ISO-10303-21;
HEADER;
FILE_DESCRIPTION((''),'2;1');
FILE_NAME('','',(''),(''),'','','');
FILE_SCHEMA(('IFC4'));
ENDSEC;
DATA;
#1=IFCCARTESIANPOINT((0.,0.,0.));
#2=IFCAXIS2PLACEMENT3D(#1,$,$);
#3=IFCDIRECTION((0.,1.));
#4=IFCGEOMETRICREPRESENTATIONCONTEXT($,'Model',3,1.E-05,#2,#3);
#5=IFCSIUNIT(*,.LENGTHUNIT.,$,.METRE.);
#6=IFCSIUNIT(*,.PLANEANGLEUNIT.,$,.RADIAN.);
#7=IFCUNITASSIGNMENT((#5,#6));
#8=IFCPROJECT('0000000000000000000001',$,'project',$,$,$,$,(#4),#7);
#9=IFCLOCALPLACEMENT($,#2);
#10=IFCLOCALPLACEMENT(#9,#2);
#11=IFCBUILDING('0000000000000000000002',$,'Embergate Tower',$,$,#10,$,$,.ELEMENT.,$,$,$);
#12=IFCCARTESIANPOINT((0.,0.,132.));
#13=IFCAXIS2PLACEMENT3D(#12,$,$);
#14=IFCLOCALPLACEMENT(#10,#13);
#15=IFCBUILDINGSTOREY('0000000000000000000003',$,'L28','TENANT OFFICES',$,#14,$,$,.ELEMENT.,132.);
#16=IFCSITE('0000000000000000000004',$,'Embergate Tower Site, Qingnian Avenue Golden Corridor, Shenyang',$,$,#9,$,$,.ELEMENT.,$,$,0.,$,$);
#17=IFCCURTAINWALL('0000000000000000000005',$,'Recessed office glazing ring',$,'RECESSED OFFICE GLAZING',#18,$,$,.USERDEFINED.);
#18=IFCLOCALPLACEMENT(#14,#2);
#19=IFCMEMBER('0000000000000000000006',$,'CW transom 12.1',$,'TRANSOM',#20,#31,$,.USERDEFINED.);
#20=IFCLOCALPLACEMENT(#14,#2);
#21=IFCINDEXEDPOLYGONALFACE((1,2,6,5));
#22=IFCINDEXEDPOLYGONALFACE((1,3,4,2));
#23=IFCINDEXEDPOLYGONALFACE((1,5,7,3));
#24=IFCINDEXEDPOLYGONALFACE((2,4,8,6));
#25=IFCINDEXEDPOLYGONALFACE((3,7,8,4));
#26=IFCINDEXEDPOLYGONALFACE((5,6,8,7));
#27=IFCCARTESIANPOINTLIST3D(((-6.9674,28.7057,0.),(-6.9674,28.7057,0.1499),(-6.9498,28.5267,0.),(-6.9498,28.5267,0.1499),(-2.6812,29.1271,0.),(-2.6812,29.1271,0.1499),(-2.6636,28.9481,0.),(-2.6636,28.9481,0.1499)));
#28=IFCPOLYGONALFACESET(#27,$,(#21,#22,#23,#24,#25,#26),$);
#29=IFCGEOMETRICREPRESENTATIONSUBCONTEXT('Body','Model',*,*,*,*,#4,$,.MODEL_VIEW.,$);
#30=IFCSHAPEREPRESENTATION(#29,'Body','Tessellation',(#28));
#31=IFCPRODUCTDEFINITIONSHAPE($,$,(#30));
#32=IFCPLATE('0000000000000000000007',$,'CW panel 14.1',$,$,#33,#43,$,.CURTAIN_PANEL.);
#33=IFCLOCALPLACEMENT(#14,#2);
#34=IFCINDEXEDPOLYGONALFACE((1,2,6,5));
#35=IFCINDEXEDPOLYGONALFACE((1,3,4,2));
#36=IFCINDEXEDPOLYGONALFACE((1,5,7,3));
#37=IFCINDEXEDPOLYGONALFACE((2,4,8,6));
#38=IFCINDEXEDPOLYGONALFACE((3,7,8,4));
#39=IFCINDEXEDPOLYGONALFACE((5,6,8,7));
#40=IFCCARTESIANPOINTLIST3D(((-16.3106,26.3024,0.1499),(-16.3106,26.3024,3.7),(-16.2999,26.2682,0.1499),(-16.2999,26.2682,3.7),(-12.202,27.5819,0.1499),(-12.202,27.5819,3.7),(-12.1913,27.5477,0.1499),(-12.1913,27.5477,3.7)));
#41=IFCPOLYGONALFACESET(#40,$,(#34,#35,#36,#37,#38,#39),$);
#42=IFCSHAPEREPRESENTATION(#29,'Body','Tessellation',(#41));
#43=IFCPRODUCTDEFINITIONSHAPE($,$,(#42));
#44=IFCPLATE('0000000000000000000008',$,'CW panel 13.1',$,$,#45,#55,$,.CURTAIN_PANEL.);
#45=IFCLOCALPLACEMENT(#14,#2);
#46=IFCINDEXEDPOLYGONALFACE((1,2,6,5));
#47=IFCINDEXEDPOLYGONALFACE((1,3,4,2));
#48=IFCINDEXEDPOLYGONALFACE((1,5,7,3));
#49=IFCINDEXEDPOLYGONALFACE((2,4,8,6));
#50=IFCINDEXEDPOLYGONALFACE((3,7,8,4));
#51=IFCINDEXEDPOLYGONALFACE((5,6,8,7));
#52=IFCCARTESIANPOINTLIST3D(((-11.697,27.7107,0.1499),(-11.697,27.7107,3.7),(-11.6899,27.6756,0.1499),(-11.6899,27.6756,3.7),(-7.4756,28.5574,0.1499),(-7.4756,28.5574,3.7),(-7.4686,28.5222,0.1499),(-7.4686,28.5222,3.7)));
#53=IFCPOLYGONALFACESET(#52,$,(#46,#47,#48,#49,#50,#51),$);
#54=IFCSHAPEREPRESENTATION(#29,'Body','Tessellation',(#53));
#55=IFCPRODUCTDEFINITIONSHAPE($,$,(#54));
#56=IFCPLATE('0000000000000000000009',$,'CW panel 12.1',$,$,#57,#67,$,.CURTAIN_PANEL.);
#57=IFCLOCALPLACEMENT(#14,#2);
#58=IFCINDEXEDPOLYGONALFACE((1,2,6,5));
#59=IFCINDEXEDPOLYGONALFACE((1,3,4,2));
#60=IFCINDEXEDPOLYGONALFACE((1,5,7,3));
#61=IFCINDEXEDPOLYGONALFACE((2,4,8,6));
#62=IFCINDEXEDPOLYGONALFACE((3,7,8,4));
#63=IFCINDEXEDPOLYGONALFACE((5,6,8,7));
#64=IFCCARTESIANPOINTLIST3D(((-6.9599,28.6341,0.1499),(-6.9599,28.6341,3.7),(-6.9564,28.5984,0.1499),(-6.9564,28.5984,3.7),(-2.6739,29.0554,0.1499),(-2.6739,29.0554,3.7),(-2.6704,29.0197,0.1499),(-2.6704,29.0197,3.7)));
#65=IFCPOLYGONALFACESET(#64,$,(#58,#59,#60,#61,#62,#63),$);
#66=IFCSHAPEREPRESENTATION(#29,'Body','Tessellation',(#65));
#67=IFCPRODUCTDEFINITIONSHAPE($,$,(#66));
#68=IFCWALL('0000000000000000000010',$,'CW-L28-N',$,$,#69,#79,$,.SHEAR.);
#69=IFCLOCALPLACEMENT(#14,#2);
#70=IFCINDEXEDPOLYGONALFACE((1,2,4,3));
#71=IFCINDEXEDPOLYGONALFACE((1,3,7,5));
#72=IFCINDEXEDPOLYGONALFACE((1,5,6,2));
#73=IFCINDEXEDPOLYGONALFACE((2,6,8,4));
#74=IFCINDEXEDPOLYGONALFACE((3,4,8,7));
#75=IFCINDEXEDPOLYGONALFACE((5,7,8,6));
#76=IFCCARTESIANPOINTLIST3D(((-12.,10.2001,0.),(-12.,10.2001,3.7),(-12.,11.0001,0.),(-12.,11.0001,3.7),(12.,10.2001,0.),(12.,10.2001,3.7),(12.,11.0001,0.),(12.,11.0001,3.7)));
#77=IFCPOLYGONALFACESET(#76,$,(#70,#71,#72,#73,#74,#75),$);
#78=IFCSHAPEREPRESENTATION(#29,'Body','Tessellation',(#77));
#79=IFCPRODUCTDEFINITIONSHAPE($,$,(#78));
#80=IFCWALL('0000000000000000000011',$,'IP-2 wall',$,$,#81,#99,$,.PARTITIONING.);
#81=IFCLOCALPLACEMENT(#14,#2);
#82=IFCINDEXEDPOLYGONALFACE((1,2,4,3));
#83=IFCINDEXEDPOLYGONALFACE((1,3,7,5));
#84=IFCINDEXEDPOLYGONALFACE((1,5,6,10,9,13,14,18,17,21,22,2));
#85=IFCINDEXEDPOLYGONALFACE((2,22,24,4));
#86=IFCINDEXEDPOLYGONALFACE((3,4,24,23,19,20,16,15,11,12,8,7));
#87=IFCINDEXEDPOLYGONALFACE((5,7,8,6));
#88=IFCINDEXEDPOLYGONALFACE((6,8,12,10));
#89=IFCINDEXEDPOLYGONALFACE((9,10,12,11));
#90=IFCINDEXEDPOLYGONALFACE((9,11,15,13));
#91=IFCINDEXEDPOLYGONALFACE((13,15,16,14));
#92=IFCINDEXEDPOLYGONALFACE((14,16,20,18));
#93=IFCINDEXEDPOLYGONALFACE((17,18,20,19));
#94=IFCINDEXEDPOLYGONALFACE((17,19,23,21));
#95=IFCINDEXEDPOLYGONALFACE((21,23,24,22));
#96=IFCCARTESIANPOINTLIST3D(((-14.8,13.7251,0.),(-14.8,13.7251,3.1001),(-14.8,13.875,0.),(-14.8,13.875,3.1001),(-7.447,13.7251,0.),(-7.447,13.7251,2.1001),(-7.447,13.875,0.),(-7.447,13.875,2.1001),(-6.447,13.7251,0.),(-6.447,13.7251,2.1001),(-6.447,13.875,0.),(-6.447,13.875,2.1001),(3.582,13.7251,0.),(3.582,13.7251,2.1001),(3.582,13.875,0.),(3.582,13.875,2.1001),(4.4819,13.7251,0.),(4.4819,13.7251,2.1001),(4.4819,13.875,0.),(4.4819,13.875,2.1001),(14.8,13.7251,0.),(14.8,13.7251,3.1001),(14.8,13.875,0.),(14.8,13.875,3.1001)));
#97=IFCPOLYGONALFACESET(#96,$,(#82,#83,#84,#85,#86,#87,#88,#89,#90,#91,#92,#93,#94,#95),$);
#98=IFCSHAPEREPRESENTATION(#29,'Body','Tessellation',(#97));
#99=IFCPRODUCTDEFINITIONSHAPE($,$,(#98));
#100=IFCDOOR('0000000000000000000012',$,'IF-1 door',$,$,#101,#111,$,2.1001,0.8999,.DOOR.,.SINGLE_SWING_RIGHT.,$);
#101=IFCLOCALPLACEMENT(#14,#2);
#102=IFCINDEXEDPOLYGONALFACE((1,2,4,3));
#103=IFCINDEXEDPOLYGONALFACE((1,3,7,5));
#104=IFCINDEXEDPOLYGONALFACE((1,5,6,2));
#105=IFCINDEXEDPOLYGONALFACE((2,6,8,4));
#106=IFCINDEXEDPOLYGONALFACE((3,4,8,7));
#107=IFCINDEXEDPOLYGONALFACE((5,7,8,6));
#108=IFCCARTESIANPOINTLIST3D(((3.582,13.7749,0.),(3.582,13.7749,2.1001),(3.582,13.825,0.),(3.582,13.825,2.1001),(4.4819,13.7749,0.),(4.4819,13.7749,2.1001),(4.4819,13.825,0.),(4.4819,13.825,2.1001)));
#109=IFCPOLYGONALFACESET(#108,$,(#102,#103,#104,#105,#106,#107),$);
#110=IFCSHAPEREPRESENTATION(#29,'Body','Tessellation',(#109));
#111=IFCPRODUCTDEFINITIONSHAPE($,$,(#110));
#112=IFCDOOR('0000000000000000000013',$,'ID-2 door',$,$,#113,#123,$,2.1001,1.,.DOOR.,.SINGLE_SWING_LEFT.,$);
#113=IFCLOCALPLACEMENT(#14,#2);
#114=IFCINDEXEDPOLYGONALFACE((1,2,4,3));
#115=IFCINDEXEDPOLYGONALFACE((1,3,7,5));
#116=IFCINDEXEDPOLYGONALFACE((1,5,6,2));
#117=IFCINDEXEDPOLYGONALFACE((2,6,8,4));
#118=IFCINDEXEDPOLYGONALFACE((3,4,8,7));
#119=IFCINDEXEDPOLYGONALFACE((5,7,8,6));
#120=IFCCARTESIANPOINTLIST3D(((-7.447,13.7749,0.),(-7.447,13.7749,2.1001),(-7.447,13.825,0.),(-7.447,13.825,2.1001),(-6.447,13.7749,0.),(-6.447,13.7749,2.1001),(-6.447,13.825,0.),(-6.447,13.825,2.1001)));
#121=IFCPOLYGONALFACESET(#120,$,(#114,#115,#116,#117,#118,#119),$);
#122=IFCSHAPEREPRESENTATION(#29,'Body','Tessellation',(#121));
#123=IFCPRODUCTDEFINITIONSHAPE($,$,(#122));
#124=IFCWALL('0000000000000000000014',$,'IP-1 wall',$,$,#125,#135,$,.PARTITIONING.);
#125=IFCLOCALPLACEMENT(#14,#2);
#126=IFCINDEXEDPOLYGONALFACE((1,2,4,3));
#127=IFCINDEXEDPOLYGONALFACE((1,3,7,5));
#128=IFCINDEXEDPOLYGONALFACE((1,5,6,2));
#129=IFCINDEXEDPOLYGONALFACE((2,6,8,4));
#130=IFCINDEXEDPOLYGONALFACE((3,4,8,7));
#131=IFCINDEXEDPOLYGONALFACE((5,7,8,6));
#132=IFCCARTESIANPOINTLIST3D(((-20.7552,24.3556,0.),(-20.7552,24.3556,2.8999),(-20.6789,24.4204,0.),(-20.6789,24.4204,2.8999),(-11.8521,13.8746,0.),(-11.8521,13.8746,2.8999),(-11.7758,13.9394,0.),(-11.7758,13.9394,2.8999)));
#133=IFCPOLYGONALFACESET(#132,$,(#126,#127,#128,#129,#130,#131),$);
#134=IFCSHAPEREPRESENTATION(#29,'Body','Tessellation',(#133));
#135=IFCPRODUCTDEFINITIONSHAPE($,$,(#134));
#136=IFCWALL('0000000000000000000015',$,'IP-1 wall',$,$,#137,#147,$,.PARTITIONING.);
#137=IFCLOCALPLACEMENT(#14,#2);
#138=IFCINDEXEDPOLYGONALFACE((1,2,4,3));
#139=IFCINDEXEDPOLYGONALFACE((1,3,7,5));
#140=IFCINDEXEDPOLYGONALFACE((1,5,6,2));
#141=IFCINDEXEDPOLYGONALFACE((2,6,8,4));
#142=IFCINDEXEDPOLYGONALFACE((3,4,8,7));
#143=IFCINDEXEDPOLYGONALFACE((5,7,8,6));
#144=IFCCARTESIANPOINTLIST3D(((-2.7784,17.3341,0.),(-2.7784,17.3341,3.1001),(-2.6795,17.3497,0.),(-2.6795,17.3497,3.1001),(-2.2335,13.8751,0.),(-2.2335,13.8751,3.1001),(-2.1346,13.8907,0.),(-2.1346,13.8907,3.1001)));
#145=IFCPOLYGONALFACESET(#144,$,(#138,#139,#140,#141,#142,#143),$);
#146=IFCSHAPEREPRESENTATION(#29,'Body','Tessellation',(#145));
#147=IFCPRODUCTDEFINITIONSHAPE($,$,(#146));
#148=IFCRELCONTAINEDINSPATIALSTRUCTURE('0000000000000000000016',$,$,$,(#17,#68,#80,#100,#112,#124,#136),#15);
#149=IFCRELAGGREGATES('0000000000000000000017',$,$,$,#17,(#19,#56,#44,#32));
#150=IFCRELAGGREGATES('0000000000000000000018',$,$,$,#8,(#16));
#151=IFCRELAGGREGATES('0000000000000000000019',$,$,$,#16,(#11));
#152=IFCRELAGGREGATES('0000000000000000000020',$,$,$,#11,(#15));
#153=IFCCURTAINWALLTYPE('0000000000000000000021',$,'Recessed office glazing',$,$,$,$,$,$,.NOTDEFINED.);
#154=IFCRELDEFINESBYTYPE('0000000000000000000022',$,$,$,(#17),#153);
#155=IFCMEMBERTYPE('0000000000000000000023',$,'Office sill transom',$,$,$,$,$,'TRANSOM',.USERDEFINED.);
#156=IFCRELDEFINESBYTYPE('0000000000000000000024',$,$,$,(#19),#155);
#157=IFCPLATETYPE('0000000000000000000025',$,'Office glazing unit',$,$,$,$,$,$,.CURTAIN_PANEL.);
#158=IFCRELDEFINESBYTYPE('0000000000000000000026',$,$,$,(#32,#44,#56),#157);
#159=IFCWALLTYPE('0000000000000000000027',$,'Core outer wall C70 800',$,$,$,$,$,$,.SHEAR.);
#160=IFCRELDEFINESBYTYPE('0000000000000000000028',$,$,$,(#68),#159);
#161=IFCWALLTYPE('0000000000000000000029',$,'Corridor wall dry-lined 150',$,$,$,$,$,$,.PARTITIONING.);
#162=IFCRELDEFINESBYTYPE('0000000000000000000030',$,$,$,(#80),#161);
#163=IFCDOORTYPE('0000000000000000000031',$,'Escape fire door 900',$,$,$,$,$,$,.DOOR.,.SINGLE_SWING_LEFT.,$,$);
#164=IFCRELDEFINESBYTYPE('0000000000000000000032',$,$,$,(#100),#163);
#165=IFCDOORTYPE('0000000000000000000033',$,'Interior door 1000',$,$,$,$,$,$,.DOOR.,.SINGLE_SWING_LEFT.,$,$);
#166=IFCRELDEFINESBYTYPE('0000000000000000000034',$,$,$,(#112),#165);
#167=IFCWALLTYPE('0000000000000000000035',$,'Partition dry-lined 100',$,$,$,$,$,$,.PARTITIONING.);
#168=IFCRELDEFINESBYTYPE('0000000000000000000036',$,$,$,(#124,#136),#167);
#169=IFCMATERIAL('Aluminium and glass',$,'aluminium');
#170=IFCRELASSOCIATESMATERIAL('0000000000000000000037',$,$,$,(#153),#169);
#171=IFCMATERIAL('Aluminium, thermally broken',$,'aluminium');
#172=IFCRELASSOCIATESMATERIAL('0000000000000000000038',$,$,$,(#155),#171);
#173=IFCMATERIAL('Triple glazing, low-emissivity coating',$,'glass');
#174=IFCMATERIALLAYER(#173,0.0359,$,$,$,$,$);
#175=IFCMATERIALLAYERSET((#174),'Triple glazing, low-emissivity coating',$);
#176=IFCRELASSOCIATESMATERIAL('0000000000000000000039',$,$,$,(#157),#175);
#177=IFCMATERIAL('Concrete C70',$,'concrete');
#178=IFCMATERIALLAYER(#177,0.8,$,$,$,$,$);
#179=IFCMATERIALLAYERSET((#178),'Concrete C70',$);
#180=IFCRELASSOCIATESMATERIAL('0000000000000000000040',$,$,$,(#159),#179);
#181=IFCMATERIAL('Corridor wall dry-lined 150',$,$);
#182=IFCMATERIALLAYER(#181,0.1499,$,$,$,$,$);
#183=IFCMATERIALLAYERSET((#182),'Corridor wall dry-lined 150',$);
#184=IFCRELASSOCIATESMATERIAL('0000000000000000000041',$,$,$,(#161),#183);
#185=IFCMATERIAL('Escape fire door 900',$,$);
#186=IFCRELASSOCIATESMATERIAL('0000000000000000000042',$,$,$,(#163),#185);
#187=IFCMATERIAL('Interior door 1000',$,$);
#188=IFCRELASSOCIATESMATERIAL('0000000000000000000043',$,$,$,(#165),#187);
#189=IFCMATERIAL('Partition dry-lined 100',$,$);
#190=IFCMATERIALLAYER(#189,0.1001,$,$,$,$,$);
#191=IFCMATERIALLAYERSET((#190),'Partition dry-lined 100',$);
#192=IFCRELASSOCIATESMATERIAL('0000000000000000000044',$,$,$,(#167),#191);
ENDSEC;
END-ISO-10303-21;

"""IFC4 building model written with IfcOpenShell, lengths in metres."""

from ifc_helpers import new_model, si_unit, direction, frame, frame_2d, origin, origin_2d, place, context, subcontext, project, spatial, rectangle, extrude, source, transform, mapped, material, layer, layer_set, material_profile, profile_set, type_object, element, fill, aggregate, save


model = new_model("IFC4")

# Units and contexts
model_context = context("Model", 3, precision=1e-05, world=origin(), true_north=direction((0.0, 1.0)))
body_context = subcontext(model_context, "Body", "Model", "MODEL_VIEW")
ifc_project = project(units=[si_unit("LENGTHUNIT", "METRE"), si_unit("PLANEANGLEUNIT", "RADIAN")], contexts=[model_context])

# Site, building, storey
site_placement = place(None, origin())
site = spatial("IfcSite", under=ifc_project, at=site_placement, Name="Embergate Tower Site, Qingnian Avenue Golden Corridor, Shenyang", CompositionType="ELEMENT", RefElevation=0.0)
building_placement = place(site_placement, origin())
building = spatial("IfcBuilding", under=site, at=building_placement, Name="Embergate Tower", CompositionType="ELEMENT")
storey_placement = place(building_placement, frame((0.0, 0.0, 132.0)))
storey = spatial("IfcBuildingStorey", under=building, at=storey_placement, Name="L28", Description="TENANT OFFICES", CompositionType="ELEMENT", Elevation=132.0)

# Shared definitions
ifc_material_1 = material(Name="Concrete C70", Category="concrete")

# Curtain wall, member, plates
ifc_material_2 = material(Name="Aluminium and glass", Category="aluminium")
curtain_wall_type = type_object("IfcCurtainWallType", Name="Recessed office glazing", PredefinedType="NOTDEFINED", material=ifc_material_2)
curtain_wall_placement = place(storey_placement, origin())
curtain_wall = element("IfcCurtainWall", 1, at=curtain_wall_placement, inside=storey, type_object=curtain_wall_type, Name="Recessed office glazing ring", ObjectType="RECESSED OFFICE GLAZING", PredefinedType="USERDEFINED")
ifc_material_3 = material(Name="Aluminium, thermally broken", Category="aluminium")
ifc_material_profile_1 = material_profile(ifc_material_3, rectangle(XDim=0.1799, YDim=0.1499, at=origin_2d()), Name="AL 150x180")
ifc_profile_set_1 = profile_set([ifc_material_profile_1], Name="Aluminium, thermally broken")
member_type_1 = type_object("IfcMemberType", Name="Office sill transom", ElementType="TRANSOM", PredefinedType="USERDEFINED", material=ifc_profile_set_1)
shared_shape_1 = source(origin(), body_context, "Body", "SweptSolid", [
    extrude(rectangle(XDim=0.1799, YDim=0.1499, at=origin_2d()), origin(), (0.0, 0.0, 1.0), 4.3069),
])
member_1_placement = place(storey_placement, frame((-2.6724, 29.0376, 0.075), z_axis=(-0.995202, -0.097842, 0.0), x_axis=(0.097842, -0.995202, 0.0)))
member_1 = element("IfcMember", 2, at=member_1_placement, type_object=member_type_1, Name="CW transom 12.1", ObjectType="TRANSOM", PredefinedType="USERDEFINED", context=body_context, shape_type="MappedRepresentation", body=[
    mapped(shared_shape_1, transform((0.0, 0.0, 0.0))),
])
ifc_material_4 = material(Name="Triple glazing, low-emissivity coating", Category="glass")
ifc_layer_1 = layer(ifc_material_4, 0.0359)
ifc_layer_set_1 = layer_set([ifc_layer_1], Name="Triple glazing, low-emissivity coating")
plate_type = type_object("IfcPlateType", Name="Office glazing unit", PredefinedType="CURTAIN_PANEL", material=ifc_layer_set_1)
shared_shape_2 = source(origin(), body_context, "Body", "SweptSolid", [
    extrude(rectangle(XDim=4.3032, YDim=0.0359, at=origin_2d()), origin(), (0.0, 0.0, 1.0), 3.55),
])
plate_1_placement = place(storey_placement, frame((-14.251, 26.925, 0.1499), z_axis=(0.0, 0.0, 1.0), x_axis=(-0.954773, -0.297337, 0.0)))
plate_1 = element("IfcPlate", 3, at=plate_1_placement, type_object=plate_type, Name="CW panel 14.1", PredefinedType="CURTAIN_PANEL", context=body_context, shape_type="MappedRepresentation", body=[
    mapped(shared_shape_2, transform((0.0, 0.0, 0.0))),
])
shared_shape_3 = source(origin(), body_context, "Body", "SweptSolid", [
    extrude(rectangle(XDim=4.3054, YDim=0.0359, at=origin_2d()), origin(), (0.0, 0.0, 1.0), 3.55),
])
plate_2_placement = place(storey_placement, frame((-9.5828, 28.1165, 0.1499), z_axis=(0.0, 0.0, 1.0), x_axis=(-0.980476, -0.196639, 0.0)))
plate_2 = element("IfcPlate", 4, at=plate_2_placement, type_object=plate_type, Name="CW panel 13.1", PredefinedType="CURTAIN_PANEL", context=body_context, shape_type="MappedRepresentation", body=[
    mapped(shared_shape_3, transform((0.0, 0.0, 0.0))),
])
shared_shape_4 = source(origin(), body_context, "Body", "SweptSolid", [
    extrude(rectangle(XDim=4.3066, YDim=0.0359, at=origin_2d()), origin(), (0.0, 0.0, 1.0), 3.55),
])
plate_3_placement = place(storey_placement, frame((-4.8152, 28.8269, 0.1499), z_axis=(0.0, 0.0, 1.0), x_axis=(-0.995203, -0.097828, 0.0)))
plate_3 = element("IfcPlate", 5, at=plate_3_placement, type_object=plate_type, Name="CW panel 12.1", PredefinedType="CURTAIN_PANEL", context=body_context, shape_type="MappedRepresentation", body=[
    mapped(shared_shape_4, transform((0.0, 0.0, 0.0))),
])
aggregate(curtain_wall, [member_1, plate_3, plate_2, plate_1])

# Wall
ifc_layer_2 = layer(ifc_material_1, 0.8)
ifc_layer_set_2 = layer_set([ifc_layer_2], Name="Concrete C70")
wall_type_1 = type_object("IfcWallType", Name="Core outer wall C70 800", PredefinedType="SHEAR", material=ifc_layer_set_2)
shared_shape_5 = source(origin(), body_context, "Body", "SweptSolid", [
    extrude(rectangle(XDim=24.0, YDim=0.8, at=frame_2d((12.0, 0.0))), origin(), (0.0, 0.0, 1.0), 3.7),
])
wall_1_placement = place(storey_placement, frame((-12.0, 10.6001, 0.0), z_axis=(0.0, 0.0, 1.0), x_axis=(1.0, 0.0, 0.0)))
element("IfcWall", 6, at=wall_1_placement, inside=storey, type_object=wall_type_1, Name="CW-L28-N", PredefinedType="SHEAR", context=body_context, shape_type="MappedRepresentation", body=[
    mapped(shared_shape_5, transform((0.0, 0.0, 0.0))),
])

# Wall, openings, doors
ifc_material_5 = material(Name="Corridor wall dry-lined 150")
ifc_layer_3 = layer(ifc_material_5, 0.1499)
ifc_layer_set_3 = layer_set([ifc_layer_3], Name="Corridor wall dry-lined 150")
wall_type_2 = type_object("IfcWallType", Name="Corridor wall dry-lined 150", PredefinedType="PARTITIONING", material=ifc_layer_set_3)
shared_shape_6 = source(origin(), body_context, "Body", "SweptSolid", [
    extrude(rectangle(XDim=29.6001, YDim=0.1499, at=frame_2d((14.8, 0.0))), origin(), (0.0, 0.0, 1.0), 3.1001),
])
wall_2_placement = place(storey_placement, frame((-14.8, 13.8, 0.0), z_axis=(0.0, 0.0, 1.0), x_axis=(1.0, 0.0, 0.0)))
wall_2 = element("IfcWall", 7, at=wall_2_placement, inside=storey, type_object=wall_type_2, Name="IP-2 wall", PredefinedType="PARTITIONING", context=body_context, shape_type="MappedRepresentation", body=[
    mapped(shared_shape_6, transform((0.0, 0.0, 0.0))),
])
shared_shape_7 = source(origin(), body_context, "Body", "SweptSolid", [
    extrude(rectangle(XDim=0.8999, YDim=2.1001, at=frame_2d((0.45, 1.05))), frame((0.0, 0.085, 0.0), z_axis=(0.0, -1.0, 0.0), x_axis=(1.0, 0.0, 0.0)), (0.0, 0.0, 1.0), 0.1699),
])
opening_1_placement = place(wall_2_placement, frame((18.3821, 0.0, 0.0)))
opening_1 = element("IfcOpeningElement", 8, at=opening_1_placement, cuts=wall_2, PredefinedType="OPENING", context=body_context, shape_type="MappedRepresentation", body=[
    mapped(shared_shape_7, transform((0.0, 0.0, 0.0))),
])
shared_shape_8 = source(origin(), body_context, "Body", "SweptSolid", [
    extrude(rectangle(XDim=1.0, YDim=2.1001, at=frame_2d((0.5, 1.05))), frame((0.0, 0.085, 0.0), z_axis=(0.0, -1.0, 0.0), x_axis=(1.0, 0.0, 0.0)), (0.0, 0.0, 1.0), 0.1699),
])
opening_2_placement = place(wall_2_placement, frame((7.353, 0.0, 0.0)))
opening_2 = element("IfcOpeningElement", 9, at=opening_2_placement, cuts=wall_2, PredefinedType="OPENING", context=body_context, shape_type="MappedRepresentation", body=[
    mapped(shared_shape_8, transform((0.0, 0.0, 0.0))),
])
ifc_material_6 = material(Name="Escape fire door 900")
door_type_1 = type_object("IfcDoorType", Name="Escape fire door 900", OperationType="SINGLE_SWING_LEFT", PredefinedType="DOOR", material=ifc_material_6)
shared_shape_9 = source(origin(), body_context, "Body", "SweptSolid", [
    extrude(rectangle(XDim=0.8999, YDim=2.1001, at=frame_2d((0.45, 1.05))), frame((0.0, 0.0249, 0.0), z_axis=(0.0, -1.0, 0.0), x_axis=(1.0, 0.0, 0.0)), (0.0, 0.0, 1.0), 0.05),
])
door_1_placement = place(opening_1_placement, origin())
door_1 = element("IfcDoor", 10, at=door_1_placement, inside=storey, type_object=door_type_1, Name="IF-1 door", OperationType="SINGLE_SWING_RIGHT", OverallHeight=2.1001, OverallWidth=0.8999, PredefinedType="DOOR", context=body_context, shape_type="MappedRepresentation", body=[
    mapped(shared_shape_9, transform((0.0, 0.0, 0.0))),
])
fill(opening_1, door_1)
ifc_material_7 = material(Name="Interior door 1000")
door_type_2 = type_object("IfcDoorType", Name="Interior door 1000", OperationType="SINGLE_SWING_LEFT", PredefinedType="DOOR", material=ifc_material_7)
shared_shape_10 = source(origin(), body_context, "Body", "SweptSolid", [
    extrude(rectangle(XDim=1.0, YDim=2.1001, at=frame_2d((0.5, 1.05))), frame((0.0, 0.0249, 0.0), z_axis=(0.0, -1.0, 0.0), x_axis=(1.0, 0.0, 0.0)), (0.0, 0.0, 1.0), 0.05),
])
door_2_placement = place(opening_2_placement, origin())
door_2 = element("IfcDoor", 11, at=door_2_placement, inside=storey, type_object=door_type_2, Name="ID-2 door", OperationType="SINGLE_SWING_LEFT", OverallHeight=2.1001, OverallWidth=1.0, PredefinedType="DOOR", context=body_context, shape_type="MappedRepresentation", body=[
    mapped(shared_shape_10, transform((0.0, 0.0, 0.0))),
])
fill(opening_2, door_2)

# Walls
ifc_material_8 = material(Name="Partition dry-lined 100")
ifc_layer_4 = layer(ifc_material_8, 0.1001)
ifc_layer_set_4 = layer_set([ifc_layer_4], Name="Partition dry-lined 100")
wall_type_3 = type_object("IfcWallType", Name="Partition dry-lined 100", PredefinedType="PARTITIONING", material=ifc_layer_set_4)
shared_shape_11 = source(origin(), body_context, "Body", "SweptSolid", [
    extrude(rectangle(XDim=13.752, YDim=0.1001, at=frame_2d((6.876, 0.0))), origin(), (0.0, 0.0, 1.0), 2.8999),
])
wall_3_placement = place(storey_placement, frame((-11.814, 13.907, 0.0), z_axis=(0.0, 0.0, 1.0), x_axis=(-0.647406, 0.762145, 0.0)))
element("IfcWall", 12, at=wall_3_placement, inside=storey, type_object=wall_type_3, Name="IP-1 wall", PredefinedType="PARTITIONING", context=body_context, shape_type="MappedRepresentation", body=[
    mapped(shared_shape_11, transform((0.0, 0.0, 0.0))),
])
shared_shape_12 = source(origin(), body_context, "Body", "SweptSolid", [
    extrude(rectangle(XDim=3.5017, YDim=0.1001, at=frame_2d((1.751, 0.0))), origin(), (0.0, 0.0, 1.0), 3.1001),
])
wall_4_placement = place(storey_placement, frame((-2.729, 17.342, 0.0), z_axis=(0.0, 0.0, 1.0), x_axis=(0.155619, -0.987817, 0.0)))
element("IfcWall", 13, at=wall_4_placement, inside=storey, type_object=wall_type_3, Name="IP-1 wall", PredefinedType="PARTITIONING", context=body_context, shape_type="MappedRepresentation", body=[
    mapped(shared_shape_12, transform((0.0, 0.0, 0.0))),
])

save(model, "model.ifc")
